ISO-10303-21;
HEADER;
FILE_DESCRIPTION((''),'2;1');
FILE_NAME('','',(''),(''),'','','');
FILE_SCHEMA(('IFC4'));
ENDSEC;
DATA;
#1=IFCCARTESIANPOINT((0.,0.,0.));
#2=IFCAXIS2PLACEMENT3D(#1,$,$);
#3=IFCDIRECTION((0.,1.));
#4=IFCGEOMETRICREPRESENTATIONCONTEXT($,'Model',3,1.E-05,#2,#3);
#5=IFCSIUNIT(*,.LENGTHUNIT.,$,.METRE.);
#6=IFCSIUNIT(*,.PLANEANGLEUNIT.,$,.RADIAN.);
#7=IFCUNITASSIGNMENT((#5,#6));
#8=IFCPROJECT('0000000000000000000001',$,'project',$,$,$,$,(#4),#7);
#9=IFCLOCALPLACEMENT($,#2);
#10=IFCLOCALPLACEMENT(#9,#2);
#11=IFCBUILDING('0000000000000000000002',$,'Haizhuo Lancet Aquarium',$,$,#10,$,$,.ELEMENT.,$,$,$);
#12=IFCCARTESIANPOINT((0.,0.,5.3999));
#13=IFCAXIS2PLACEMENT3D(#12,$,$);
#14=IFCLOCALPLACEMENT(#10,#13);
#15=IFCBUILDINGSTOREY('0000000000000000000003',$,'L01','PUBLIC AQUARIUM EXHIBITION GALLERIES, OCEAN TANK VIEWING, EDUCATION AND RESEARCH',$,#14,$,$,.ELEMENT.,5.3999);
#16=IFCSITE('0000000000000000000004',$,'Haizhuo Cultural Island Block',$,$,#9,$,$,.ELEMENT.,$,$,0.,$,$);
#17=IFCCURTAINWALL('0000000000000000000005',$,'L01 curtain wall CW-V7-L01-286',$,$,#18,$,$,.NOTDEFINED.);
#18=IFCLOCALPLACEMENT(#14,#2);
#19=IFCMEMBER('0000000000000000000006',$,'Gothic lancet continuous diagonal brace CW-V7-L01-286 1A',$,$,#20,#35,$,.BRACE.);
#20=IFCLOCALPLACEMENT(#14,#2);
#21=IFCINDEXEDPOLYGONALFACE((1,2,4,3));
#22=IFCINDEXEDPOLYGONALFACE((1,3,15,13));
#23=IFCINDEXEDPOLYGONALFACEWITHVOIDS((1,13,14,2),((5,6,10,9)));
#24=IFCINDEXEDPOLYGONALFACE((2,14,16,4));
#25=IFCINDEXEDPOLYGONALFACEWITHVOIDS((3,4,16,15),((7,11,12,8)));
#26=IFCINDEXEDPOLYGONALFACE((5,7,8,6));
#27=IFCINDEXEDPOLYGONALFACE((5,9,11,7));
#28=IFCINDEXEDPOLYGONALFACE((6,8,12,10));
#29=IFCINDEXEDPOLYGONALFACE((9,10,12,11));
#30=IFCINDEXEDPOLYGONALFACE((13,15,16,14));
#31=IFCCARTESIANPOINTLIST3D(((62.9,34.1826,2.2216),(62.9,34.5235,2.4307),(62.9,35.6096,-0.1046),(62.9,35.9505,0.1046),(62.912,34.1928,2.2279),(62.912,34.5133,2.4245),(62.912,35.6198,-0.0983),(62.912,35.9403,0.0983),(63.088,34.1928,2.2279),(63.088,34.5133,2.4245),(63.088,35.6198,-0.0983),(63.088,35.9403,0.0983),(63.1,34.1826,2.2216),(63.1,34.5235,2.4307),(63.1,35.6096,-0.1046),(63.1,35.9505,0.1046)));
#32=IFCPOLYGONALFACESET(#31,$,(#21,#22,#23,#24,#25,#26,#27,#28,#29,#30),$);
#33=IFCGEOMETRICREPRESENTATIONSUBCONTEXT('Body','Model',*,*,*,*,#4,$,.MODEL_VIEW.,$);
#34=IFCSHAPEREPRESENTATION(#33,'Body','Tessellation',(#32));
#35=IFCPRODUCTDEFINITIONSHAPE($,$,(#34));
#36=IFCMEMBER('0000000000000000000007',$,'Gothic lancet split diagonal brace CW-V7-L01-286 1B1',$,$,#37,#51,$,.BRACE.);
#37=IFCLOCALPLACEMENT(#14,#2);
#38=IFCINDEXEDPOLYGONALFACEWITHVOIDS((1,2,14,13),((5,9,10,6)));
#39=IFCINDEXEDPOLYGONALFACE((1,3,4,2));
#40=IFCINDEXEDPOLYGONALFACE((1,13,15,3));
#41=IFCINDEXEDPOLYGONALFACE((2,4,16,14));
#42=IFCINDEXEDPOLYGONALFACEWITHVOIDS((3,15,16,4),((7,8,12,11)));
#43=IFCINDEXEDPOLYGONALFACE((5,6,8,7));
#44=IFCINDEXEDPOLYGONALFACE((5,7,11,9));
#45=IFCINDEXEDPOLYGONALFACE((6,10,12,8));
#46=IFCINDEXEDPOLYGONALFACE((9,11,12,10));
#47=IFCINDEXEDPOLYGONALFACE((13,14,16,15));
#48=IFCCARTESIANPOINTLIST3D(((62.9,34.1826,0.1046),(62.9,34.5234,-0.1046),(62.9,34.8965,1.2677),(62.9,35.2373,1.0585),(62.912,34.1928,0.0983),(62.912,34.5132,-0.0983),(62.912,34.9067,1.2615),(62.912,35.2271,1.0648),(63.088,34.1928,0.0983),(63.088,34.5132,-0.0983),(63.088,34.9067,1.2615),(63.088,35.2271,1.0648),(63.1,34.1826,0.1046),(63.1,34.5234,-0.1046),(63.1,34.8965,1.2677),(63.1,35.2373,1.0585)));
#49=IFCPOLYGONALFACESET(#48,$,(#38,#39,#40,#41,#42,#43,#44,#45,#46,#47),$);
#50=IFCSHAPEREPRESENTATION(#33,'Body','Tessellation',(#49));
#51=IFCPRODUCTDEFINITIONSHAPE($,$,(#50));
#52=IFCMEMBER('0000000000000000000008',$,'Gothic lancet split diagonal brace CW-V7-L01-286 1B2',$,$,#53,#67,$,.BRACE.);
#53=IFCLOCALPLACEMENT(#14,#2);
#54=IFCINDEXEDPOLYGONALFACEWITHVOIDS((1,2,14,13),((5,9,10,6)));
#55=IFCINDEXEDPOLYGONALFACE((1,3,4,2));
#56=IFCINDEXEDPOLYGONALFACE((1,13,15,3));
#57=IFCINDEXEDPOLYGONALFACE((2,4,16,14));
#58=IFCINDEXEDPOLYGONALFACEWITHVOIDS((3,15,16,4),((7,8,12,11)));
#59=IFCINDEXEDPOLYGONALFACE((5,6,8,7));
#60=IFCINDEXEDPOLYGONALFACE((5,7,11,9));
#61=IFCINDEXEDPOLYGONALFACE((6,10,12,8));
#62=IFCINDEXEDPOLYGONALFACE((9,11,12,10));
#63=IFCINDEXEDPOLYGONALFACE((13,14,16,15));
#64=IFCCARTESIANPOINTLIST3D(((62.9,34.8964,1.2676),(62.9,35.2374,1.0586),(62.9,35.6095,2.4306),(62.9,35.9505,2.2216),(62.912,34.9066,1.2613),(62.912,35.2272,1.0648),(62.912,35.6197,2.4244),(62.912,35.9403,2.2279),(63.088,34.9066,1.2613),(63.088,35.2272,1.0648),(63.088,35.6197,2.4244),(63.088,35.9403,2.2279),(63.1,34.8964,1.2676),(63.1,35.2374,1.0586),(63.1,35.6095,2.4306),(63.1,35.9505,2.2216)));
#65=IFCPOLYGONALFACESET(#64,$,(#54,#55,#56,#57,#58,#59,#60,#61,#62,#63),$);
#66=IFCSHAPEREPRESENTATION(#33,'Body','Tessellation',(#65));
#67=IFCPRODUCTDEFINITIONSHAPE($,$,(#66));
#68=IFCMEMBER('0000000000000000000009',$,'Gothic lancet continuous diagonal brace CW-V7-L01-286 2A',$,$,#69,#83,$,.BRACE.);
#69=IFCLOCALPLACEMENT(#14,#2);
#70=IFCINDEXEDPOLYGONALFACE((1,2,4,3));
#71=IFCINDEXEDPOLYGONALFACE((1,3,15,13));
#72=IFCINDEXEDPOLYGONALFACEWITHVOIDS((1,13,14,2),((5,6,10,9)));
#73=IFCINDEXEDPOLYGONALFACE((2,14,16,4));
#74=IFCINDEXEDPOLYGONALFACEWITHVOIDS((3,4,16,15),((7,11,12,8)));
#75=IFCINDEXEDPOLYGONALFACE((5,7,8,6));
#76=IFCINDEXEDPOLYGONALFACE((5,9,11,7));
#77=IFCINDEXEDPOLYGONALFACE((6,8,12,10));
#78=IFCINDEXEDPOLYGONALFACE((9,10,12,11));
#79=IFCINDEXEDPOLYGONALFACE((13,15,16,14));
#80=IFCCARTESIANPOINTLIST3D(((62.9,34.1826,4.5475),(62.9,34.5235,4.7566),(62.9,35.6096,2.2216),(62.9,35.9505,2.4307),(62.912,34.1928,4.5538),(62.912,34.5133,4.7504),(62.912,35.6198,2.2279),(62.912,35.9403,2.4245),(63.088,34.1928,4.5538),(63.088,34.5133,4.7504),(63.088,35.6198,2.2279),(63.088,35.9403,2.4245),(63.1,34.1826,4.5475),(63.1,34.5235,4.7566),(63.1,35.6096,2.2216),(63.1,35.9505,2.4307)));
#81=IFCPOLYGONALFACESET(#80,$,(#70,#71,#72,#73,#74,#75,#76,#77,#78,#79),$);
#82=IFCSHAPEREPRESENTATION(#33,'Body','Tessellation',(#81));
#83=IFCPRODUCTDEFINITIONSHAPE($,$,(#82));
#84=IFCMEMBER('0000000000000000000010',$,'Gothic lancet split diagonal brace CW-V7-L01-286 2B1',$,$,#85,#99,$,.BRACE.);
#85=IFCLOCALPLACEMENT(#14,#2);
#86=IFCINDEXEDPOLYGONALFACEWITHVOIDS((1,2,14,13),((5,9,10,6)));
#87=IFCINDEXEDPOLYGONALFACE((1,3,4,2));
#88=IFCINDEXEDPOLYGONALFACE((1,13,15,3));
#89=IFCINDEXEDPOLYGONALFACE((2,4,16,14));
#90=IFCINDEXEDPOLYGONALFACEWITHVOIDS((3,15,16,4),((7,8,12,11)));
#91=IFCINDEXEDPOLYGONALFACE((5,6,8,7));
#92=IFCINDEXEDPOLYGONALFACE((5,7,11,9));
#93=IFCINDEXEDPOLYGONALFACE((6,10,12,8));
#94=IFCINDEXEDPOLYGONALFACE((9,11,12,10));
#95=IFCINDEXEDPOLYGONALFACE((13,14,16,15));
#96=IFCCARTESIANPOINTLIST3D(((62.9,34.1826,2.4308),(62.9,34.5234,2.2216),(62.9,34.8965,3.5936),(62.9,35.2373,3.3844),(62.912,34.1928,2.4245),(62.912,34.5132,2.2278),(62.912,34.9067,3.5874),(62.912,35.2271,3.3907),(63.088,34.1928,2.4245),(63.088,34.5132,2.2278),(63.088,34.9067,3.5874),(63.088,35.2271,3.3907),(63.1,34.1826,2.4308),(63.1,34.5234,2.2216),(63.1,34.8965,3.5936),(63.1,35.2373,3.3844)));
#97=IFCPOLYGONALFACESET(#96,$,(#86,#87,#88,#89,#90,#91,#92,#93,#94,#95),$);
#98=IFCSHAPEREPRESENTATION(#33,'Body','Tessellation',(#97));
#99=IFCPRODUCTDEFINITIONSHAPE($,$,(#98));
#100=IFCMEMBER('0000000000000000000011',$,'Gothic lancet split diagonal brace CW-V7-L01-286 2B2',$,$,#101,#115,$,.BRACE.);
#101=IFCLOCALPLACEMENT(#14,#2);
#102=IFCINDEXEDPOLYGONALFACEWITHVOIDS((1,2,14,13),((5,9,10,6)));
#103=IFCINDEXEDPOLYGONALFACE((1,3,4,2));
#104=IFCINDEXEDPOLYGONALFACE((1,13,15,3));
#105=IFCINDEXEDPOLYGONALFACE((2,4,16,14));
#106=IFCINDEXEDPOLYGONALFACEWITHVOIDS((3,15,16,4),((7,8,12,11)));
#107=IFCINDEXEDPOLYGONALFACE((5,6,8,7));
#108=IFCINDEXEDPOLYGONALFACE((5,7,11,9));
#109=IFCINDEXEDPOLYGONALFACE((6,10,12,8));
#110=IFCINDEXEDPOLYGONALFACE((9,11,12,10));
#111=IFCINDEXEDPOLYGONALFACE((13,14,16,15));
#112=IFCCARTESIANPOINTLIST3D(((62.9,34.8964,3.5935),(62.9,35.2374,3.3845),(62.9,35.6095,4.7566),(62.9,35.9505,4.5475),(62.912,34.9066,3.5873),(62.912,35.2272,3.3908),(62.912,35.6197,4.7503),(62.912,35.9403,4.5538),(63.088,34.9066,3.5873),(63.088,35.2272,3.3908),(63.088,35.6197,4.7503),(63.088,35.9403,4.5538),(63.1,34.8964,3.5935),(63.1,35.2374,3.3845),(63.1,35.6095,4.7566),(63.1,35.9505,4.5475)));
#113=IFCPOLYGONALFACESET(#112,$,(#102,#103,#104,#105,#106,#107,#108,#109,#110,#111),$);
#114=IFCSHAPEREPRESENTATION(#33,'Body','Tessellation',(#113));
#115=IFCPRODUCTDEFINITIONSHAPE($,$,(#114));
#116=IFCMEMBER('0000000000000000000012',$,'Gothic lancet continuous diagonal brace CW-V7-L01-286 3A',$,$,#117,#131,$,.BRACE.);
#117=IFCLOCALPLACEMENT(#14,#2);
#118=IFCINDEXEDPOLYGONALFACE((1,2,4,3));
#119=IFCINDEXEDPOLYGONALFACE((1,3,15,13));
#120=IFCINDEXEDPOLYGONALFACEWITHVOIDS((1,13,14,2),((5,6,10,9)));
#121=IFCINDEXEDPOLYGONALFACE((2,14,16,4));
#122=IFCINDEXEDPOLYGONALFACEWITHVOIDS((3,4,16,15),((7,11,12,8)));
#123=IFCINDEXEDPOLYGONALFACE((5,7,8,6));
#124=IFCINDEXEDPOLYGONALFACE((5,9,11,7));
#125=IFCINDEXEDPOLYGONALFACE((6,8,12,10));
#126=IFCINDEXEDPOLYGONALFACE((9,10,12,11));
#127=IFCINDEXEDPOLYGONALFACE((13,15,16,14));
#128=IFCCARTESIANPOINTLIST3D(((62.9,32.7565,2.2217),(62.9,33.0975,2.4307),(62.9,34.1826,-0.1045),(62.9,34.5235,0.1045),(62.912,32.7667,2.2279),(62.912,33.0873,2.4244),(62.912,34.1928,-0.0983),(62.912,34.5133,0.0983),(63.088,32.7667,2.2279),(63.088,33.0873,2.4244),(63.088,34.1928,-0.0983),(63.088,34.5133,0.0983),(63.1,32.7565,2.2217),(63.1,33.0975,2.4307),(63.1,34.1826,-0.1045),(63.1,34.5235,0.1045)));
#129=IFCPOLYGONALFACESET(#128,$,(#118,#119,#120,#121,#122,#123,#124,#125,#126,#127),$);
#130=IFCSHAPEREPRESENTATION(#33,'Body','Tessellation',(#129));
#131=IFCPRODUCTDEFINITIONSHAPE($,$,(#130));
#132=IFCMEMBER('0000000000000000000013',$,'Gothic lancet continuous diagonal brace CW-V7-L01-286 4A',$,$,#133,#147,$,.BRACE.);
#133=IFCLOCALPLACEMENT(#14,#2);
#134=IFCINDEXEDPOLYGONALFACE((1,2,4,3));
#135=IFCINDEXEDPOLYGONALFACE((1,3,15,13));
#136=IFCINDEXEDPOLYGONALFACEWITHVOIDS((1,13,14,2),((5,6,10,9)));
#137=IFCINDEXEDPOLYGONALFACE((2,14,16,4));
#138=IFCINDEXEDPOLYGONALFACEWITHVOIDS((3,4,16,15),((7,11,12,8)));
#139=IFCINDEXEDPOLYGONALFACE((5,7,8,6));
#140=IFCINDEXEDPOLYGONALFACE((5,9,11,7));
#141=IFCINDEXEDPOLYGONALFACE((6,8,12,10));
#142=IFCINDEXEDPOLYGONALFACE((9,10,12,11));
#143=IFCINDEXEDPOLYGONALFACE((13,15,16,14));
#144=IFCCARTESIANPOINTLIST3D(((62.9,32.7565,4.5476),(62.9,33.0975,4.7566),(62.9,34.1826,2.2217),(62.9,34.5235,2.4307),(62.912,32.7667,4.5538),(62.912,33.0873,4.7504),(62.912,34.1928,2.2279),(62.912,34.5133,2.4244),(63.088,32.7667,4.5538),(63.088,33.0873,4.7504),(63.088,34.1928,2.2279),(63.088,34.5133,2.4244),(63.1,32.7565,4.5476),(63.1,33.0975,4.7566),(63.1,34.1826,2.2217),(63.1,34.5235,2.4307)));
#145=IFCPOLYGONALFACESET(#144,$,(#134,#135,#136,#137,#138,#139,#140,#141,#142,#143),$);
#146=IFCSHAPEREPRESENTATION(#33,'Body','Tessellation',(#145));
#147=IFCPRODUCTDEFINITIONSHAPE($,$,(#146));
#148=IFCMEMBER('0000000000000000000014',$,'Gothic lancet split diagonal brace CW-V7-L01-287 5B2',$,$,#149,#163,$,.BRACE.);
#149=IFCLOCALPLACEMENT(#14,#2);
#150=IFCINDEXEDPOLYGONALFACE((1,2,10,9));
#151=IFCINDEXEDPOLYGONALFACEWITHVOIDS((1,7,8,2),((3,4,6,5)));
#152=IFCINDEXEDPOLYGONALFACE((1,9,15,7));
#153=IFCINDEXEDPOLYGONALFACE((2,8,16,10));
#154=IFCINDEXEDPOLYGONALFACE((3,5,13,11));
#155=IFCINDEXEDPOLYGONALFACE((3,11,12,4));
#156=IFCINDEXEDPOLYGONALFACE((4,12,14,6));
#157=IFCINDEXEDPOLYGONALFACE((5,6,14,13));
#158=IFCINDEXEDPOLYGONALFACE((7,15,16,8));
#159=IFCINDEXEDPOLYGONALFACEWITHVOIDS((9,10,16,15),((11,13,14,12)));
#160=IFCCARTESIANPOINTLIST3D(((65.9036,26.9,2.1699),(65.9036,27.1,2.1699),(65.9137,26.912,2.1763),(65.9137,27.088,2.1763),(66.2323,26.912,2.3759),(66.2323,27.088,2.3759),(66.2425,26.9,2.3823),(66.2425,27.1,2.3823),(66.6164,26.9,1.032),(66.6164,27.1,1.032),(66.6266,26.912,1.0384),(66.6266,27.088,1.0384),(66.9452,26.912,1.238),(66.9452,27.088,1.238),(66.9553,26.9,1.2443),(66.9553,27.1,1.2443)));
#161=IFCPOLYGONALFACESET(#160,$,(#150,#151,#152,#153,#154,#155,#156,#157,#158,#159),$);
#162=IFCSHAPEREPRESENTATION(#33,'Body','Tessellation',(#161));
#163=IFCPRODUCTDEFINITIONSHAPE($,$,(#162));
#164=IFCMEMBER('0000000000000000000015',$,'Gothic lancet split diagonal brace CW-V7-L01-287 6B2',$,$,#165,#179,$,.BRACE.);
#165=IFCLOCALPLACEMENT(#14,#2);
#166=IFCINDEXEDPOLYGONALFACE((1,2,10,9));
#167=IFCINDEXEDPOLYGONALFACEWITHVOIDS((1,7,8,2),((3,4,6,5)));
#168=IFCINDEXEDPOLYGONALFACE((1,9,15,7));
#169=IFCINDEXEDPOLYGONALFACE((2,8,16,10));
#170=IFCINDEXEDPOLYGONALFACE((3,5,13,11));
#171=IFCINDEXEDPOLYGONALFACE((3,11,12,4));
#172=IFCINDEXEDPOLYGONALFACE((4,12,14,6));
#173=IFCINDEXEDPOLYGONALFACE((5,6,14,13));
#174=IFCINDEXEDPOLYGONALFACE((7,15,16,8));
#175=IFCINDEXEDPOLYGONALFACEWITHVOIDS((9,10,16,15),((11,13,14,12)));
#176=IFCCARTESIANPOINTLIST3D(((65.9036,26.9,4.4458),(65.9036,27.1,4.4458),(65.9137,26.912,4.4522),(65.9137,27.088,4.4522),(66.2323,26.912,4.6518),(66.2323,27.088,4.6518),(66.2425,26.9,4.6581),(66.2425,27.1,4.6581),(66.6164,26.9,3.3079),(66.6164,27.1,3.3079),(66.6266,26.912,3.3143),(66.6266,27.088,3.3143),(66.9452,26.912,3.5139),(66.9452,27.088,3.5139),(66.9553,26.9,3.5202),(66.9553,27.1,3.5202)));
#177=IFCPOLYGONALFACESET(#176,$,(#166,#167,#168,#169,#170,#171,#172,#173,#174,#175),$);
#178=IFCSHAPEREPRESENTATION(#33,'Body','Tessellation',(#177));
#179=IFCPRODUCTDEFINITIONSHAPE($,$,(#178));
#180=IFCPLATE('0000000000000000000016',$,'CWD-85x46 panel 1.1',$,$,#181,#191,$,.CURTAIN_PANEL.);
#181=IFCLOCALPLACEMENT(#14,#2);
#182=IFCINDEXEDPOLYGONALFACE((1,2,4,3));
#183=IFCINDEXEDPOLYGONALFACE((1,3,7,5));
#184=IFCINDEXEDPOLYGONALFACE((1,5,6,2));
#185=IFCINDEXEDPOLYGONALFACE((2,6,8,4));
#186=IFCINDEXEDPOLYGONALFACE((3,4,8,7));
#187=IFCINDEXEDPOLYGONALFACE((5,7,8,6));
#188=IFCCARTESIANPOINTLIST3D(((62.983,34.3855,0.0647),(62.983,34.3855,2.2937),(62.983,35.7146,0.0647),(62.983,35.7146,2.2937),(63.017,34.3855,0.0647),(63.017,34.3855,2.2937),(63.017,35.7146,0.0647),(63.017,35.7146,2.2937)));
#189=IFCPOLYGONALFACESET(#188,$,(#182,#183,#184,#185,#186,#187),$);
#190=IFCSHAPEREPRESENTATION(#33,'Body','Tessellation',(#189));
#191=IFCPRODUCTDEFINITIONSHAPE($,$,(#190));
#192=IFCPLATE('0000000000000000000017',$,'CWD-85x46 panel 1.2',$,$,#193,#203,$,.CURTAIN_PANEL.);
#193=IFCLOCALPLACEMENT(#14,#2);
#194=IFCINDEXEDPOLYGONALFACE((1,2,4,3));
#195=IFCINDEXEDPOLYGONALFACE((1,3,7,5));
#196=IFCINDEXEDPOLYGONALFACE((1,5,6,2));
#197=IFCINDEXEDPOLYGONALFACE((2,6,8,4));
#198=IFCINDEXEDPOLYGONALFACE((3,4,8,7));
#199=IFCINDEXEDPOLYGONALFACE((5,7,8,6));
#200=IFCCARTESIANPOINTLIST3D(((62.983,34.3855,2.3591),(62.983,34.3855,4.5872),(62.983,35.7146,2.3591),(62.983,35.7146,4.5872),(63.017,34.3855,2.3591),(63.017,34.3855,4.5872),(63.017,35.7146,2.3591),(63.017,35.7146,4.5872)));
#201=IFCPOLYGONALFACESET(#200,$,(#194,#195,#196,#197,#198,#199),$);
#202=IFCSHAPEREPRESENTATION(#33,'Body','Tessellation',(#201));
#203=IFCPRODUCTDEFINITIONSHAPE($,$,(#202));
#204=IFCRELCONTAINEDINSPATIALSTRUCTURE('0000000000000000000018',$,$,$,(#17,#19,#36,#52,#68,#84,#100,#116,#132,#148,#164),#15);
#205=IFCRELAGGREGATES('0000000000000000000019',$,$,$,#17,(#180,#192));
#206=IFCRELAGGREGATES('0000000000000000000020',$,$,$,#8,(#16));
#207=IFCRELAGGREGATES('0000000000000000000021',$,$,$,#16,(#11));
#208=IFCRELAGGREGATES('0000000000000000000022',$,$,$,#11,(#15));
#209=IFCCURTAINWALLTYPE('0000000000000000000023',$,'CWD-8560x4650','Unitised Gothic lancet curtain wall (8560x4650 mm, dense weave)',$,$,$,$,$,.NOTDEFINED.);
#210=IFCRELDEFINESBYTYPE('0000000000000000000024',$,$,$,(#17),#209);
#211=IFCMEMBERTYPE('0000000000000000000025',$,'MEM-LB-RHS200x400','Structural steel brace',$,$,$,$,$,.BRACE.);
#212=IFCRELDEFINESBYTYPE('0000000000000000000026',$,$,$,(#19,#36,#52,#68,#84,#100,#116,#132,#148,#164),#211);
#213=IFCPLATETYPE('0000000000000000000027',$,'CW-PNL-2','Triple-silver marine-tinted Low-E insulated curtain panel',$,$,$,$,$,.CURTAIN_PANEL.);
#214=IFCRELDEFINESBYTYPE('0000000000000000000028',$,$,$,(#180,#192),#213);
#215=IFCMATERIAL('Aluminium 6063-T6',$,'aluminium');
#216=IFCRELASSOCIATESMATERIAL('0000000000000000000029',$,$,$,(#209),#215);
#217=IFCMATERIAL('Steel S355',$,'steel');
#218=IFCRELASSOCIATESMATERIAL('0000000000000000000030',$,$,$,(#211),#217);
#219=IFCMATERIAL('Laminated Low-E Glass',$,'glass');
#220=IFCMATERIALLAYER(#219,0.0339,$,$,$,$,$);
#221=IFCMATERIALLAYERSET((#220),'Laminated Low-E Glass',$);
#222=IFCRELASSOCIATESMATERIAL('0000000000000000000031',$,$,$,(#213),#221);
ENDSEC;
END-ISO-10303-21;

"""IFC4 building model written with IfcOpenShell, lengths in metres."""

from ifc_helpers import new_model, si_unit, direction, frame, origin, origin_2d, place, context, subcontext, project, spatial, rectangle, hollow_rectangle, extrude, material, layer, layer_set, material_profile, profile_set, type_object, element, aggregate, save


model = new_model("IFC4")

# Units and contexts
model_context = context("Model", 3, precision=1e-05, world=origin(), true_north=direction((0.0, 1.0)))
body_context = subcontext(model_context, "Body", "Model", "MODEL_VIEW")
ifc_project = project(units=[si_unit("LENGTHUNIT", "METRE"), si_unit("PLANEANGLEUNIT", "RADIAN")], contexts=[model_context])

# Site, building, storey
site_placement = place(None, origin())
site = spatial("IfcSite", under=ifc_project, at=site_placement, Name="Haizhuo Cultural Island Block", CompositionType="ELEMENT", RefElevation=0.0)
building_placement = place(site_placement, origin())
building = spatial("IfcBuilding", under=site, at=building_placement, Name="Haizhuo Lancet Aquarium", CompositionType="ELEMENT")
storey_placement = place(building_placement, frame((0.0, 0.0, 5.3999)))
storey = spatial("IfcBuildingStorey", under=building, at=storey_placement, Name="L01", Description="PUBLIC AQUARIUM EXHIBITION GALLERIES, OCEAN TANK VIEWING, EDUCATION AND RESEARCH", CompositionType="ELEMENT", Elevation=5.3999)

# Shared definitions
ifc_material_1 = material(Name="Steel S355", Category="steel")

# Curtain wall
ifc_material_2 = material(Name="Aluminium 6063-T6", Category="aluminium")
curtain_wall_type = type_object("IfcCurtainWallType", Name="CWD-8560x4650", Description="Unitised Gothic lancet curtain wall (8560x4650 mm, dense weave)", PredefinedType="NOTDEFINED", material=ifc_material_2)
curtain_wall_placement = place(storey_placement, origin())
curtain_wall = element("IfcCurtainWall", 1, at=curtain_wall_placement, inside=storey, type_object=curtain_wall_type, Name="L01 curtain wall CW-V7-L01-286", PredefinedType="NOTDEFINED")

# Members
ifc_material_profile_1 = material_profile(ifc_material_1, hollow_rectangle(XDim=0.2, YDim=0.3999, WallThickness=0.012, at=origin_2d()), Name="RHS 200x400x12")
ifc_profile_set_1 = profile_set([ifc_material_profile_1], Name="Steel S355")
member_type_1 = type_object("IfcMemberType", Name="MEM-LB-RHS200x400", Description="Structural steel brace", PredefinedType="BRACE", material=ifc_profile_set_1)
member_1_placement = place(storey_placement, frame((63.0, 35.78, 0.0), z_axis=(0.0, -0.522904, 0.852392), x_axis=(1.0, 0.0, 0.0)))
element("IfcMember", 2, at=member_1_placement, inside=storey, type_object=member_type_1, Name="Gothic lancet continuous diagonal brace CW-V7-L01-286 1A", PredefinedType="BRACE", context=body_context, shape_type="SweptSolid", body=[
    extrude(hollow_rectangle(XDim=0.2, YDim=0.3999, WallThickness=0.012, at=origin_2d()), origin(), (0.0, 0.0, 1.0), 2.729),
])
member_2_placement = place(storey_placement, frame((63.0, 34.353, 0.0), z_axis=(0.0, 0.523099, 0.852272), x_axis=(-1.0, 0.0, 0.0)))
element("IfcMember", 3, at=member_2_placement, inside=storey, type_object=member_type_1, Name="Gothic lancet split diagonal brace CW-V7-L01-286 1B1", PredefinedType="BRACE", context=body_context, shape_type="SweptSolid", body=[
    extrude(hollow_rectangle(XDim=0.2, YDim=0.3999, WallThickness=0.012, at=origin_2d()), origin(), (0.0, 0.0, 1.0), 1.3647),
])
member_3_placement = place(storey_placement, frame((63.0, 35.0669, 1.1631), z_axis=(0.0, 0.522709, 0.852511), x_axis=(-1.0, 0.0, 0.0)))
element("IfcMember", 4, at=member_3_placement, inside=storey, type_object=member_type_1, Name="Gothic lancet split diagonal brace CW-V7-L01-286 1B2", PredefinedType="BRACE", context=body_context, shape_type="SweptSolid", body=[
    extrude(hollow_rectangle(XDim=0.2, YDim=0.3999, WallThickness=0.012, at=origin_2d()), origin(), (0.0, 0.0, 1.0), 1.3643),
])
member_4_placement = place(storey_placement, frame((63.0, 35.78, 2.3262), z_axis=(0.0, -0.522944, 0.852367), x_axis=(1.0, 0.0, 0.0)))
element("IfcMember", 5, at=member_4_placement, inside=storey, type_object=member_type_1, Name="Gothic lancet continuous diagonal brace CW-V7-L01-286 2A", PredefinedType="BRACE", context=body_context, shape_type="SweptSolid", body=[
    extrude(hollow_rectangle(XDim=0.2, YDim=0.3999, WallThickness=0.012, at=origin_2d()), origin(), (0.0, 0.0, 1.0), 2.7288),
])
member_5_placement = place(storey_placement, frame((63.0, 34.353, 2.3262), z_axis=(0.0, 0.523179, 0.852223), x_axis=(-1.0, 0.0, 0.0)))
element("IfcMember", 6, at=member_5_placement, inside=storey, type_object=member_type_1, Name="Gothic lancet split diagonal brace CW-V7-L01-286 2B1", PredefinedType="BRACE", context=body_context, shape_type="SweptSolid", body=[
    extrude(hollow_rectangle(XDim=0.2, YDim=0.3999, WallThickness=0.012, at=origin_2d()), origin(), (0.0, 0.0, 1.0), 1.3645),
])
member_6_placement = place(storey_placement, frame((63.0, 35.0669, 3.489), z_axis=(0.0, 0.522709, 0.852511), x_axis=(-1.0, 0.0, 0.0)))
element("IfcMember", 7, at=member_6_placement, inside=storey, type_object=member_type_1, Name="Gothic lancet split diagonal brace CW-V7-L01-286 2B2", PredefinedType="BRACE", context=body_context, shape_type="SweptSolid", body=[
    extrude(hollow_rectangle(XDim=0.2, YDim=0.3999, WallThickness=0.012, at=origin_2d()), origin(), (0.0, 0.0, 1.0), 1.3643),
])
member_7_placement = place(storey_placement, frame((63.0, 34.353, 0.0), z_axis=(0.0, -0.522644, 0.852551), x_axis=(1.0, 0.0, 0.0)))
element("IfcMember", 8, at=member_7_placement, inside=storey, type_object=member_type_1, Name="Gothic lancet continuous diagonal brace CW-V7-L01-286 3A", PredefinedType="BRACE", context=body_context, shape_type="SweptSolid", body=[
    extrude(hollow_rectangle(XDim=0.2, YDim=0.3999, WallThickness=0.012, at=origin_2d()), origin(), (0.0, 0.0, 1.0), 2.7285),
])
member_8_placement = place(storey_placement, frame((63.0, 34.353, 2.3262), z_axis=(0.0, -0.522684, 0.852527), x_axis=(1.0, 0.0, 0.0)))
element("IfcMember", 9, at=member_8_placement, inside=storey, type_object=member_type_1, Name="Gothic lancet continuous diagonal brace CW-V7-L01-286 4A", PredefinedType="BRACE", context=body_context, shape_type="SweptSolid", body=[
    extrude(hollow_rectangle(XDim=0.2, YDim=0.3999, WallThickness=0.012, at=origin_2d()), origin(), (0.0, 0.0, 1.0), 2.7283),
])
for number, where, z_axis, x_axis, name in (
    (10, (66.7859, 27.0, 1.1382), (-0.530897, 0.0, 0.847436), (0.0, -1.0, 0.0), "Gothic lancet split diagonal brace CW-V7-L01-287 5B2"),
    (11, (66.7859, 27.0, 3.4141), (-0.530897, 0.0, 0.847436), (0.0, -1.0, 0.0), "Gothic lancet split diagonal brace CW-V7-L01-287 6B2"),
):
    element("IfcMember", number, at=place(storey_placement, frame(where, z_axis=z_axis, x_axis=x_axis)), inside=storey, type_object=member_type_1, Name=name, PredefinedType="BRACE", context=body_context, shape_type="SweptSolid", body=[
        extrude(hollow_rectangle(XDim=0.2, YDim=0.3999, WallThickness=0.012, at=origin_2d()), origin(), (0.0, 0.0, 1.0), 1.3428),
    ])

# Plates
ifc_material_3 = material(Name="Laminated Low-E Glass", Category="glass")
ifc_layer = layer(ifc_material_3, 0.0339)
ifc_layer_set = layer_set([ifc_layer], Name="Laminated Low-E Glass")
plate_type = type_object("IfcPlateType", Name="CW-PNL-2", Description="Triple-silver marine-tinted Low-E insulated curtain panel", PredefinedType="CURTAIN_PANEL", material=ifc_layer_set)
plate_1_placement = place(storey_placement, frame((63.0, 35.05, 0.0647), z_axis=(0.0, 0.0, 1.0), x_axis=(0.0, -1.0, 0.0)))
plate_1 = element("IfcPlate", 12, at=plate_1_placement, type_object=plate_type, Name="CWD-85x46 panel 1.1", PredefinedType="CURTAIN_PANEL", context=body_context, shape_type="SweptSolid", body=[
    extrude(rectangle(XDim=1.3291, YDim=0.0339, at=origin_2d()), origin(), (0.0, 0.0, 1.0), 2.229),
])
plate_2_placement = place(storey_placement, frame((63.0, 35.05, 2.3591), z_axis=(0.0, 0.0, 1.0), x_axis=(0.0, -1.0, 0.0)))
plate_2 = element("IfcPlate", 13, at=plate_2_placement, type_object=plate_type, Name="CWD-85x46 panel 1.2", PredefinedType="CURTAIN_PANEL", context=body_context, shape_type="SweptSolid", body=[
    extrude(rectangle(XDim=1.3291, YDim=0.0339, at=origin_2d()), origin(), (0.0, 0.0, 1.0), 2.228),
])
aggregate(curtain_wall, [plate_1, plate_2])

save(model, "model.ifc")
